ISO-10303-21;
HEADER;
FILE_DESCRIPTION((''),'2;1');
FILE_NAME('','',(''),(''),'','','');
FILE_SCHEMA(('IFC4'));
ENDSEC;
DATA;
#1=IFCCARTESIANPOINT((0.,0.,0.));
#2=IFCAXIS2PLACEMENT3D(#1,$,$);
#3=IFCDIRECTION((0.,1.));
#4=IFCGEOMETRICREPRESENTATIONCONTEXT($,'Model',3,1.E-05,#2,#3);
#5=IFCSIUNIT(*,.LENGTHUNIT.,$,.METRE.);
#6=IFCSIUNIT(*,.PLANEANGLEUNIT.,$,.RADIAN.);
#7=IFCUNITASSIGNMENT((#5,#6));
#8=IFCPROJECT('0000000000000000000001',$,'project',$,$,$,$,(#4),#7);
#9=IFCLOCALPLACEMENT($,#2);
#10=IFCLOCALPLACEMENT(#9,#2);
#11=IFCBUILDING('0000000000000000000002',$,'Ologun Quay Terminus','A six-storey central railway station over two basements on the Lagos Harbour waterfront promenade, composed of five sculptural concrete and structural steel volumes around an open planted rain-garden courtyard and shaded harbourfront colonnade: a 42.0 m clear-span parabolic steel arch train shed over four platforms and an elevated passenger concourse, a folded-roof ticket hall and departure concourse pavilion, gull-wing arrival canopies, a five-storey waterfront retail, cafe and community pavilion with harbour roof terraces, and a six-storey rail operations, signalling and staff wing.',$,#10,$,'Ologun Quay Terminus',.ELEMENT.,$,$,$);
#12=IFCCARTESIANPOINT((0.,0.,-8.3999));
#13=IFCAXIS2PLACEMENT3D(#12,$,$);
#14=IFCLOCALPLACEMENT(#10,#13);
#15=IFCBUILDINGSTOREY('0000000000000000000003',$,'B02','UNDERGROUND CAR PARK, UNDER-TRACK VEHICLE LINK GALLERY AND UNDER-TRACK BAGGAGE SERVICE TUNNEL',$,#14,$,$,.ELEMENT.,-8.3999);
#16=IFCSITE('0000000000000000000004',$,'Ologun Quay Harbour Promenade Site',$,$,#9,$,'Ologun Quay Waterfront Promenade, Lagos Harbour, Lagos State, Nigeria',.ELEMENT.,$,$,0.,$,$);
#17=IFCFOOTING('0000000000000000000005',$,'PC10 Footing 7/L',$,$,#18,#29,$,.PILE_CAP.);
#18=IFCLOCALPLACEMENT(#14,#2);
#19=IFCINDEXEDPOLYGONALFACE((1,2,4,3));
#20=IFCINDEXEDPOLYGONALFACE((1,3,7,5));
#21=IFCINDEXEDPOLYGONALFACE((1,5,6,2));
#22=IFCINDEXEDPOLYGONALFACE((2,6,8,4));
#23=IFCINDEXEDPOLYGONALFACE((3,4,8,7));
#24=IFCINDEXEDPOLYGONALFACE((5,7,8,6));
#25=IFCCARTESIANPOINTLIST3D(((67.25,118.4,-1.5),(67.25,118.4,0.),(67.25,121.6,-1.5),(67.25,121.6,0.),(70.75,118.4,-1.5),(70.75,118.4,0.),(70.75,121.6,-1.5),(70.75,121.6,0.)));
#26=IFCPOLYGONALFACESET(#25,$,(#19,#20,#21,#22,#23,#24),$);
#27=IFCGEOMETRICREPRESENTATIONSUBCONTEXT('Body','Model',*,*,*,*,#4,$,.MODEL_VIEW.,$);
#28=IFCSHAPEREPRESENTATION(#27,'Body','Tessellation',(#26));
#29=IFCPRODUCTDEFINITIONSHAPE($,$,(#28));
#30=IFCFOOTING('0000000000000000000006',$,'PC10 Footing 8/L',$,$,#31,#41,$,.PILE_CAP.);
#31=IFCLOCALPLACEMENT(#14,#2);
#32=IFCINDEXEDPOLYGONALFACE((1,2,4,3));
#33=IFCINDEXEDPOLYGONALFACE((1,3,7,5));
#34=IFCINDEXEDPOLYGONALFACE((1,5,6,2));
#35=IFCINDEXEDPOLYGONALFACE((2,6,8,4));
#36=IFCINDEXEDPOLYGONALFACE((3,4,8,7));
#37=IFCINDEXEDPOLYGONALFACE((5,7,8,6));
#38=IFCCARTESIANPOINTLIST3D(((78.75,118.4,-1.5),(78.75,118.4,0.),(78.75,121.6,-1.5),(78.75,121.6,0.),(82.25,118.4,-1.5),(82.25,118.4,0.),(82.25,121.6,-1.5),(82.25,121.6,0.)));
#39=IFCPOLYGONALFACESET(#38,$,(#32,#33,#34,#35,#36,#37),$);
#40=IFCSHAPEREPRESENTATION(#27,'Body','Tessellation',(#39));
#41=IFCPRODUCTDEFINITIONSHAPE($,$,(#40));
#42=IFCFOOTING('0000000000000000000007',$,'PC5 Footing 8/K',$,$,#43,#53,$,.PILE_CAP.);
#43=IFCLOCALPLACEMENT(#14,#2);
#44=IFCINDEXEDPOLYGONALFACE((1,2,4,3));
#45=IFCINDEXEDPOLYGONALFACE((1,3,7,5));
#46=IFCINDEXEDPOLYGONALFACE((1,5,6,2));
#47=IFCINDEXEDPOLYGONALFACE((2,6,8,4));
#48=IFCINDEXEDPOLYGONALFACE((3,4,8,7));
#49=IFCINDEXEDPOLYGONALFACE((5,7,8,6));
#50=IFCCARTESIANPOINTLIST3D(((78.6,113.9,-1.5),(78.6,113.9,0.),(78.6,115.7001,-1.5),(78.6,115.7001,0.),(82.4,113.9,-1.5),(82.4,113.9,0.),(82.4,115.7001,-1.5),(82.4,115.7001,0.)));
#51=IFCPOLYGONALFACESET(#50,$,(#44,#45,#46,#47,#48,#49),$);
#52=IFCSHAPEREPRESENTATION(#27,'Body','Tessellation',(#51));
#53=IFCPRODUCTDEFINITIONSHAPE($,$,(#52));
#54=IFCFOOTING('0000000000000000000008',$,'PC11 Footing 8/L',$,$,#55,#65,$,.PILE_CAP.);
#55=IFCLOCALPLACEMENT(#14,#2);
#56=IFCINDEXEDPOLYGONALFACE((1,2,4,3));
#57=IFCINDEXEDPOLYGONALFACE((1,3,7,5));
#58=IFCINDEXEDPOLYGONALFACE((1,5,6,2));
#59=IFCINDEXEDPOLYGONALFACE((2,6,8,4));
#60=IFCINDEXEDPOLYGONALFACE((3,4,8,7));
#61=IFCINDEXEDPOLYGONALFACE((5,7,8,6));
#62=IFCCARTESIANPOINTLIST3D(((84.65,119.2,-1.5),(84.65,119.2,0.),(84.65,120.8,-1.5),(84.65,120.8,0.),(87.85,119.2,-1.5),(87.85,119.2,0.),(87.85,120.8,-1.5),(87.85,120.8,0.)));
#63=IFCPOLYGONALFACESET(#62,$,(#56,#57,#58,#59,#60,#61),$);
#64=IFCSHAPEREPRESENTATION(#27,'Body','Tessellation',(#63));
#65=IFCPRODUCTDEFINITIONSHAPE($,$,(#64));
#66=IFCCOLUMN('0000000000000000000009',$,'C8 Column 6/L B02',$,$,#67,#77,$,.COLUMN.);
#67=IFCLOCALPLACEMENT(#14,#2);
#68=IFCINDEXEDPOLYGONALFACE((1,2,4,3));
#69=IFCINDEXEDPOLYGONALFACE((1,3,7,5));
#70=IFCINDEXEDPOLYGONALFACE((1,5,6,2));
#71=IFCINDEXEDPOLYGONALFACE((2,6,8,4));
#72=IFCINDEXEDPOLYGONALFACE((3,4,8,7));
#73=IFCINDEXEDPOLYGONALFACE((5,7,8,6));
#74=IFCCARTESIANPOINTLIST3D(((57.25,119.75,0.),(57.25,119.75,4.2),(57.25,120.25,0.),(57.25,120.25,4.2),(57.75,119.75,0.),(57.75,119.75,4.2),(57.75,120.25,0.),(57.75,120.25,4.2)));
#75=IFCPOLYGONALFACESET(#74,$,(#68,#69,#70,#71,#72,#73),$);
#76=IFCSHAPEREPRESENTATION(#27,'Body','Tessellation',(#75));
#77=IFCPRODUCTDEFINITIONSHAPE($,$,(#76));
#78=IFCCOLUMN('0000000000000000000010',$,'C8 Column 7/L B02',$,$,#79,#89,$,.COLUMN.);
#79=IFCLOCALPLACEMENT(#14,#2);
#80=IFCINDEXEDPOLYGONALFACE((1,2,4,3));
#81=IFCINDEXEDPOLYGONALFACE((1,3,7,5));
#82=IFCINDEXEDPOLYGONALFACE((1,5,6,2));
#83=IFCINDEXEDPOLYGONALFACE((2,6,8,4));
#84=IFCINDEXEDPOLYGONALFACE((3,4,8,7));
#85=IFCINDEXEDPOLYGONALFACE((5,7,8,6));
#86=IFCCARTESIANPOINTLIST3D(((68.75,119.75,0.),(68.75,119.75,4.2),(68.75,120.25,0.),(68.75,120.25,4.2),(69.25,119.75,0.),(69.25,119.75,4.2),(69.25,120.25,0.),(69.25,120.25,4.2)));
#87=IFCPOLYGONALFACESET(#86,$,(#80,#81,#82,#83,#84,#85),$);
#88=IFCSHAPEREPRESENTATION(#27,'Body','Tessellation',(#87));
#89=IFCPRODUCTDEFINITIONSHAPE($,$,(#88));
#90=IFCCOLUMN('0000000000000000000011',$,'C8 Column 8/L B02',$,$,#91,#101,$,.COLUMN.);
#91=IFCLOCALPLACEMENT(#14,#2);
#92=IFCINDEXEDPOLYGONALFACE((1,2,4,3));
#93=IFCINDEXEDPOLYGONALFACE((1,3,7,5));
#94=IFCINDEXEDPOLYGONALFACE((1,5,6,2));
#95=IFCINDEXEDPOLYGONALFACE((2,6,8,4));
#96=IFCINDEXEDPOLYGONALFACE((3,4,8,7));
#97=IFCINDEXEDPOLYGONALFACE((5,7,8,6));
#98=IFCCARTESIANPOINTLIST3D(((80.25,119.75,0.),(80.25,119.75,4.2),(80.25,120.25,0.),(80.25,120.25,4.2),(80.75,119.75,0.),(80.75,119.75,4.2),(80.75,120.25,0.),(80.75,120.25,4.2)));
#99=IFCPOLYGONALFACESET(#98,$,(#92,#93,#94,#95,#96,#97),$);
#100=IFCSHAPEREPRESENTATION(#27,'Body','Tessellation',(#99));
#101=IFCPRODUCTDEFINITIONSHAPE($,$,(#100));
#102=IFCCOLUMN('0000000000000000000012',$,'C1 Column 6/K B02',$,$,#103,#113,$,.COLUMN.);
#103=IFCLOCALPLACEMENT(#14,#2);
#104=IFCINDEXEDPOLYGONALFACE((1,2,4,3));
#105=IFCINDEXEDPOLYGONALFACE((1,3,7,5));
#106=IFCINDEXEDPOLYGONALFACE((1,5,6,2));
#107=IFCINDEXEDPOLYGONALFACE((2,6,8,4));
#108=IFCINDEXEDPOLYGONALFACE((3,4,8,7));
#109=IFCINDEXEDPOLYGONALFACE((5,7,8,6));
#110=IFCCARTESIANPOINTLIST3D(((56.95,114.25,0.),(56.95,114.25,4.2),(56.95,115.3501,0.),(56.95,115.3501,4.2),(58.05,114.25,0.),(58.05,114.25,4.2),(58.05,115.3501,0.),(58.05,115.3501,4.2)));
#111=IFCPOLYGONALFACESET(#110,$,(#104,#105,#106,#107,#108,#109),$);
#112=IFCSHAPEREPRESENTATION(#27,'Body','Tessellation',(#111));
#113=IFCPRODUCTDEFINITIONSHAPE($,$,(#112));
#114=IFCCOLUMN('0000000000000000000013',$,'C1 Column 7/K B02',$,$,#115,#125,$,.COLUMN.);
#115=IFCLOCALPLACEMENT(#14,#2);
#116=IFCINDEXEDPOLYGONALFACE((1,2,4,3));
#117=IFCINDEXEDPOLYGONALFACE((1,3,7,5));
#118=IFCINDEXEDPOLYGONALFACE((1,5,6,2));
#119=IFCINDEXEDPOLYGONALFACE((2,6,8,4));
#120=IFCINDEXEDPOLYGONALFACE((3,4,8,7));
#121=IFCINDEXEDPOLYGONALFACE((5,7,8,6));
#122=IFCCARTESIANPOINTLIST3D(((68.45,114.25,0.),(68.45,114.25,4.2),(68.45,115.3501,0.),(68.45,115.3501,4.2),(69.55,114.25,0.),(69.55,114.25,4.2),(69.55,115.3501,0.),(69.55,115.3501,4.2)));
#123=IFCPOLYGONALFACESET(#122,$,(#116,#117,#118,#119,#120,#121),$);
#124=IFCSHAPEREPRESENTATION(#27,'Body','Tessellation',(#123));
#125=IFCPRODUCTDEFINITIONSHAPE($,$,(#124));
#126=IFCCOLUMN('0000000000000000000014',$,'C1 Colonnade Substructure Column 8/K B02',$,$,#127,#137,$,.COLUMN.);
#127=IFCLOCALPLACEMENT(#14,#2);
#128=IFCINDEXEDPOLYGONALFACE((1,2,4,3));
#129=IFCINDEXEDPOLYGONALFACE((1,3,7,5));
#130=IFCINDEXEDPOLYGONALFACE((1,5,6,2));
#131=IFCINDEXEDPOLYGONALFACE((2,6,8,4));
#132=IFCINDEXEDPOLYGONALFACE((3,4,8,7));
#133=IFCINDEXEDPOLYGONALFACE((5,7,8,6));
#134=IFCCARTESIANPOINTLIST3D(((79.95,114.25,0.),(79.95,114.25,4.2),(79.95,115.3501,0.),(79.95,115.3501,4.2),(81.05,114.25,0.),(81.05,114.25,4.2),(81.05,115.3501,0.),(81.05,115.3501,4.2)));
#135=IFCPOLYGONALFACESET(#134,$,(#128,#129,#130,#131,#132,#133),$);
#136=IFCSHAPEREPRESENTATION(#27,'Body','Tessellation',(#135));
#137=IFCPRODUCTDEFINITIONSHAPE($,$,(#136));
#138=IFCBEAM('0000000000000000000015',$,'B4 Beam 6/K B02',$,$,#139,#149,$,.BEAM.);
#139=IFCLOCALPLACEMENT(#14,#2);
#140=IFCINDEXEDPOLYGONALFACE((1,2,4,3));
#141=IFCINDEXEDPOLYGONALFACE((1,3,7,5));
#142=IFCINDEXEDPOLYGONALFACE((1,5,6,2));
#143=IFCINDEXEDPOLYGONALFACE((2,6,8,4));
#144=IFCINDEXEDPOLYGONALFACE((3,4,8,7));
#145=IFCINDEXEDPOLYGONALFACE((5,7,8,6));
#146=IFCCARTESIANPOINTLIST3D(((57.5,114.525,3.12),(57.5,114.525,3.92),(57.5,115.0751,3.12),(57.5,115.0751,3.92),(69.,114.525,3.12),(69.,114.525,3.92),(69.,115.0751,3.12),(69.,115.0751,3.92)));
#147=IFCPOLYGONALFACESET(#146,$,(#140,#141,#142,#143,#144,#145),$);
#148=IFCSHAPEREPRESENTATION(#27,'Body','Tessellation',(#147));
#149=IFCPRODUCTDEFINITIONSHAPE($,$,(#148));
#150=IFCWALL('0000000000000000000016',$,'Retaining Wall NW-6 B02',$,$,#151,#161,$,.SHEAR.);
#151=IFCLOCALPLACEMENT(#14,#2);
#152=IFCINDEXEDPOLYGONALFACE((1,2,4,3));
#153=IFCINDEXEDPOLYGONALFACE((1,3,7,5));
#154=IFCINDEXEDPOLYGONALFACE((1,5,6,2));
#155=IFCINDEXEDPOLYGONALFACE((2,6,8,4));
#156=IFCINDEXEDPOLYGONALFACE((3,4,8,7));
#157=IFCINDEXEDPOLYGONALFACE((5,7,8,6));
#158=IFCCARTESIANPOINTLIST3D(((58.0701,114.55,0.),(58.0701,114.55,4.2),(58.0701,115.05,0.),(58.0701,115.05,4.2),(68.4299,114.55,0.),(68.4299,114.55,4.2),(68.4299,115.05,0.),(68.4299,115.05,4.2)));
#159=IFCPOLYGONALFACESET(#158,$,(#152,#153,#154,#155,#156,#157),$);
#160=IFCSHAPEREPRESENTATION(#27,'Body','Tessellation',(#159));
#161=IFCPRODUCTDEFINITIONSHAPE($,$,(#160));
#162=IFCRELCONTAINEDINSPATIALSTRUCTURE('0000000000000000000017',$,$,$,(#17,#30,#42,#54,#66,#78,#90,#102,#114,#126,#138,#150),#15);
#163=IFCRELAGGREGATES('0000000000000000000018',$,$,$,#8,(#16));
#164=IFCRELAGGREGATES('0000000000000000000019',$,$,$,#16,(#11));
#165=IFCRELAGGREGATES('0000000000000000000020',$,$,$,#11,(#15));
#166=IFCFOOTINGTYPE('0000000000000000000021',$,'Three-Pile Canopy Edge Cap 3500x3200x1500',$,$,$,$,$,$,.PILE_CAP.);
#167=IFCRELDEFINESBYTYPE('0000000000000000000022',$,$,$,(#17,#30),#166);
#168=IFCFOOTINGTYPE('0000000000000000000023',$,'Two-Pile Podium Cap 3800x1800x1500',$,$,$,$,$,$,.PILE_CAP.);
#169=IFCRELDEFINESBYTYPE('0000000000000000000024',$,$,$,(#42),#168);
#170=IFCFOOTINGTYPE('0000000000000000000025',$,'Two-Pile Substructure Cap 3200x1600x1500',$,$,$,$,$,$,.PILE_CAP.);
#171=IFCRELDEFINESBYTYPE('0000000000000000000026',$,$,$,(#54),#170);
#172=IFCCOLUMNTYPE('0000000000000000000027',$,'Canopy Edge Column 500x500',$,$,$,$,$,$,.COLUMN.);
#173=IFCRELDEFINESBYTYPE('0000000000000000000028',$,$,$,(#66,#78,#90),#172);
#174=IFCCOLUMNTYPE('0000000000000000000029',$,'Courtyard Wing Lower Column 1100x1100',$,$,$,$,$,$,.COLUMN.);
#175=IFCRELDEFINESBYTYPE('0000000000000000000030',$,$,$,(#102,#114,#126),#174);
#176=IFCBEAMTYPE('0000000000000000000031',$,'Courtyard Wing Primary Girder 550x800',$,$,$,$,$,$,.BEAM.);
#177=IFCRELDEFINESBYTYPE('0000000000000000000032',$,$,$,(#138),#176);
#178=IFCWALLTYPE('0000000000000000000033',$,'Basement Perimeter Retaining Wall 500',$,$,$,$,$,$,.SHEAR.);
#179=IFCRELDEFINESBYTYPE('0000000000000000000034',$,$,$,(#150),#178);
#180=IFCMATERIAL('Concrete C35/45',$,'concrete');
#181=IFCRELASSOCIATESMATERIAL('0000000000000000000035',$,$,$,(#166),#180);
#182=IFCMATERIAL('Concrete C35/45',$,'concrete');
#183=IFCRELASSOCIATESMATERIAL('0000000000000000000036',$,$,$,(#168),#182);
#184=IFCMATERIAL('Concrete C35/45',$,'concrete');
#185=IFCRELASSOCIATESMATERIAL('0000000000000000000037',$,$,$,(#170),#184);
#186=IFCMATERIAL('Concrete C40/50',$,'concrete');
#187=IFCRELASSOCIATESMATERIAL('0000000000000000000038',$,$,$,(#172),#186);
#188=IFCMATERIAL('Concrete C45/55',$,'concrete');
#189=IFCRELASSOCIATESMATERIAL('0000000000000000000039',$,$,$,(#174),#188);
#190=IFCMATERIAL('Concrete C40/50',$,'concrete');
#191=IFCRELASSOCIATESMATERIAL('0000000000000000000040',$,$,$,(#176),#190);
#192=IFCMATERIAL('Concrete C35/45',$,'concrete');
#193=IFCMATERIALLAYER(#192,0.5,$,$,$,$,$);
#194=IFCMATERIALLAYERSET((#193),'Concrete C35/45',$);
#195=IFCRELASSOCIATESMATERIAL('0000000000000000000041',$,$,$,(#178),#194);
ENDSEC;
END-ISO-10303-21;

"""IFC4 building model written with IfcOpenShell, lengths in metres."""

from ifc_helpers import new_model, si_unit, direction, frame, frame_2d, origin, origin_2d, place, context, subcontext, project, spatial, rectangle, extrude, material, layer, layer_set, material_profile, profile_set, type_object, element, save


model = new_model("IFC4")

# Units and contexts
model_context = context("Model", 3, precision=1e-05, world=origin(), true_north=direction((0.0, 1.0)))
body_context = subcontext(model_context, "Body", "Model", "MODEL_VIEW")
ifc_project = project(units=[si_unit("LENGTHUNIT", "METRE"), si_unit("PLANEANGLEUNIT", "RADIAN")], contexts=[model_context])

# Site, building, storey
site_placement = place(None, origin())
site = spatial("IfcSite", under=ifc_project, at=site_placement, Name="Ologun Quay Harbour Promenade Site", LongName="Ologun Quay Waterfront Promenade, Lagos Harbour, Lagos State, Nigeria", CompositionType="ELEMENT", RefElevation=0.0)
building_placement = place(site_placement, origin())
building = spatial("IfcBuilding", under=site, at=building_placement, Name="Ologun Quay Terminus", Description="A six-storey central railway station over two basements on the Lagos Harbour waterfront promenade, composed of five sculptural concrete and structural steel volumes around an open planted rain-garden courtyard and shaded harbourfront colonnade: a 42.0 m clear-span parabolic steel arch train shed over four platforms and an elevated passenger concourse, a folded-roof ticket hall and departure concourse pavilion, gull-wing arrival canopies, a five-storey waterfront retail, cafe and community pavilion with harbour roof terraces, and a six-storey rail operations, signalling and staff wing.", LongName="Ologun Quay Terminus", CompositionType="ELEMENT")
storey_placement = place(building_placement, frame((0.0, 0.0, -8.3999)))
storey = spatial("IfcBuildingStorey", under=building, at=storey_placement, Name="B02", Description="UNDERGROUND CAR PARK, UNDER-TRACK VEHICLE LINK GALLERY AND UNDER-TRACK BAGGAGE SERVICE TUNNEL", CompositionType="ELEMENT", Elevation=-8.3999)

# Footings
ifc_material_1 = material(Name="Concrete C35/45", Category="concrete")
footing_type_1 = type_object("IfcFootingType", Name="Three-Pile Canopy Edge Cap 3500x3200x1500", PredefinedType="PILE_CAP", material=ifc_material_1)
for number, where, z_axis, x_axis, name in (
    (1, (69.0, 120.0, -1.5), (0.0, 0.0, 1.0), (1.0, 0.0, 0.0), "PC10 Footing 7/L"),
    (2, (80.5, 120.0, -1.5), (0.0, 0.0, 1.0), (1.0, 0.0, 0.0), "PC10 Footing 8/L"),
):
    element("IfcFooting", number, at=place(storey_placement, frame(where, z_axis=z_axis, x_axis=x_axis)), inside=storey, type_object=footing_type_1, Name=name, PredefinedType="PILE_CAP", context=body_context, shape_type="SweptSolid", body=[
        extrude(rectangle(XDim=3.5, YDim=3.2, at=origin_2d()), origin(), (0.0, 0.0, 1.0), 1.5),
    ])
ifc_material_2 = material(Name="Concrete C35/45", Category="concrete")
footing_type_2 = type_object("IfcFootingType", Name="Two-Pile Podium Cap 3800x1800x1500", PredefinedType="PILE_CAP", material=ifc_material_2)
footing_1_placement = place(storey_placement, frame((80.5, 114.8, -1.5), z_axis=(0.0, 0.0, 1.0), x_axis=(1.0, 0.0, 0.0)))
element("IfcFooting", 3, at=footing_1_placement, inside=storey, type_object=footing_type_2, Name="PC5 Footing 8/K", PredefinedType="PILE_CAP", context=body_context, shape_type="SweptSolid", body=[
    extrude(rectangle(XDim=3.8, YDim=1.8, at=origin_2d()), origin(), (0.0, 0.0, 1.0), 1.5),
])
ifc_material_3 = material(Name="Concrete C35/45", Category="concrete")
footing_type_3 = type_object("IfcFootingType", Name="Two-Pile Substructure Cap 3200x1600x1500", PredefinedType="PILE_CAP", material=ifc_material_3)
footing_2_placement = place(storey_placement, frame((86.25, 120.0, -1.5), z_axis=(0.0, 0.0, 1.0), x_axis=(1.0, 0.0, 0.0)))
element("IfcFooting", 4, at=footing_2_placement, inside=storey, type_object=footing_type_3, Name="PC11 Footing 8/L", PredefinedType="PILE_CAP", context=body_context, shape_type="SweptSolid", body=[
    extrude(rectangle(XDim=3.2, YDim=1.6001, at=origin_2d()), origin(), (0.0, 0.0, 1.0), 1.5),
])

# Columns
ifc_material_4 = material(Name="Concrete C40/50", Category="concrete")
ifc_material_profile_1 = material_profile(ifc_material_4, rectangle(XDim=0.5, YDim=0.5, at=origin_2d()), Name="RC 500x500")
ifc_profile_set_1 = profile_set([ifc_material_profile_1], Name="Concrete C40/50")
column_type_1 = type_object("IfcColumnType", Name="Canopy Edge Column 500x500", PredefinedType="COLUMN", material=ifc_profile_set_1)
for number, where, z_axis, x_axis, name in (
    (5, (57.5, 120.0, 0.0), (0.0, 0.0, 1.0), (1.0, 0.0, 0.0), "C8 Column 6/L B02"),
    (6, (69.0, 120.0, 0.0), (0.0, 0.0, 1.0), (1.0, 0.0, 0.0), "C8 Column 7/L B02"),
    (7, (80.5, 120.0, 0.0), (0.0, 0.0, 1.0), (1.0, 0.0, 0.0), "C8 Column 8/L B02"),
):
    element("IfcColumn", number, at=place(storey_placement, frame(where, z_axis=z_axis, x_axis=x_axis)), inside=storey, type_object=column_type_1, Name=name, PredefinedType="COLUMN", context=body_context, shape_type="SweptSolid", body=[
        extrude(rectangle(XDim=0.5, YDim=0.5, at=origin_2d()), origin(), (0.0, 0.0, 1.0), 4.2),
    ])
ifc_material_5 = material(Name="Concrete C45/55", Category="concrete")
ifc_material_profile_2 = material_profile(ifc_material_5, rectangle(XDim=1.1001, YDim=1.1001, at=origin_2d()), Name="RC 1100x1100")
ifc_profile_set_2 = profile_set([ifc_material_profile_2], Name="Concrete C45/55")
column_type_2 = type_object("IfcColumnType", Name="Courtyard Wing Lower Column 1100x1100", PredefinedType="COLUMN", material=ifc_profile_set_2)
for number, where, z_axis, x_axis, name in (
    (8, (57.5, 114.8, 0.0), (0.0, 0.0, 1.0), (1.0, 0.0, 0.0), "C1 Column 6/K B02"),
    (9, (69.0, 114.8, 0.0), (0.0, 0.0, 1.0), (1.0, 0.0, 0.0), "C1 Column 7/K B02"),
    (10, (80.5, 114.8, 0.0), (0.0, 0.0, 1.0), (1.0, 0.0, 0.0), "C1 Colonnade Substructure Column 8/K B02"),
):
    element("IfcColumn", number, at=place(storey_placement, frame(where, z_axis=z_axis, x_axis=x_axis)), inside=storey, type_object=column_type_2, Name=name, PredefinedType="COLUMN", context=body_context, shape_type="SweptSolid", body=[
        extrude(rectangle(XDim=1.1001, YDim=1.1001, at=origin_2d()), origin(), (0.0, 0.0, 1.0), 4.2),
    ])

# Beam
ifc_material_6 = material(Name="Concrete C40/50", Category="concrete")
ifc_material_profile_3 = material_profile(ifc_material_6, rectangle(XDim=0.55, YDim=0.8, at=origin_2d()), Name="RC 550x800")
ifc_profile_set_3 = profile_set([ifc_material_profile_3], Name="Concrete C40/50")
beam_type = type_object("IfcBeamType", Name="Courtyard Wing Primary Girder 550x800", PredefinedType="BEAM", material=ifc_profile_set_3)
beam_placement = place(storey_placement, frame((57.5, 114.8, 3.52), z_axis=(1.0, 0.0, 0.0), x_axis=(0.0, 1.0, 0.0)))
element("IfcBeam", 11, at=beam_placement, inside=storey, type_object=beam_type, Name="B4 Beam 6/K B02", PredefinedType="BEAM", context=body_context, shape_type="SweptSolid", body=[
    extrude(rectangle(XDim=0.55, YDim=0.8, at=origin_2d()), origin(), (0.0, 0.0, 1.0), 11.5),
])

# Wall
ifc_material_7 = material(Name="Concrete C35/45", Category="concrete")
ifc_layer = layer(ifc_material_7, 0.5)
ifc_layer_set = layer_set([ifc_layer], Name="Concrete C35/45")
wall_type = type_object("IfcWallType", Name="Basement Perimeter Retaining Wall 500", PredefinedType="SHEAR", material=ifc_layer_set)
wall_placement = place(storey_placement, frame((58.0701, 114.8, 0.0), z_axis=(0.0, 0.0, 1.0), x_axis=(1.0, 0.0, 0.0)))
element("IfcWall", 12, at=wall_placement, inside=storey, type_object=wall_type, Name="Retaining Wall NW-6 B02", PredefinedType="SHEAR", context=body_context, shape_type="SweptSolid", body=[
    extrude(rectangle(XDim=10.3599, YDim=0.5, at=frame_2d((5.1799, 0.0))), origin(), (0.0, 0.0, 1.0), 4.2),
])

save(model, "model.ifc")
